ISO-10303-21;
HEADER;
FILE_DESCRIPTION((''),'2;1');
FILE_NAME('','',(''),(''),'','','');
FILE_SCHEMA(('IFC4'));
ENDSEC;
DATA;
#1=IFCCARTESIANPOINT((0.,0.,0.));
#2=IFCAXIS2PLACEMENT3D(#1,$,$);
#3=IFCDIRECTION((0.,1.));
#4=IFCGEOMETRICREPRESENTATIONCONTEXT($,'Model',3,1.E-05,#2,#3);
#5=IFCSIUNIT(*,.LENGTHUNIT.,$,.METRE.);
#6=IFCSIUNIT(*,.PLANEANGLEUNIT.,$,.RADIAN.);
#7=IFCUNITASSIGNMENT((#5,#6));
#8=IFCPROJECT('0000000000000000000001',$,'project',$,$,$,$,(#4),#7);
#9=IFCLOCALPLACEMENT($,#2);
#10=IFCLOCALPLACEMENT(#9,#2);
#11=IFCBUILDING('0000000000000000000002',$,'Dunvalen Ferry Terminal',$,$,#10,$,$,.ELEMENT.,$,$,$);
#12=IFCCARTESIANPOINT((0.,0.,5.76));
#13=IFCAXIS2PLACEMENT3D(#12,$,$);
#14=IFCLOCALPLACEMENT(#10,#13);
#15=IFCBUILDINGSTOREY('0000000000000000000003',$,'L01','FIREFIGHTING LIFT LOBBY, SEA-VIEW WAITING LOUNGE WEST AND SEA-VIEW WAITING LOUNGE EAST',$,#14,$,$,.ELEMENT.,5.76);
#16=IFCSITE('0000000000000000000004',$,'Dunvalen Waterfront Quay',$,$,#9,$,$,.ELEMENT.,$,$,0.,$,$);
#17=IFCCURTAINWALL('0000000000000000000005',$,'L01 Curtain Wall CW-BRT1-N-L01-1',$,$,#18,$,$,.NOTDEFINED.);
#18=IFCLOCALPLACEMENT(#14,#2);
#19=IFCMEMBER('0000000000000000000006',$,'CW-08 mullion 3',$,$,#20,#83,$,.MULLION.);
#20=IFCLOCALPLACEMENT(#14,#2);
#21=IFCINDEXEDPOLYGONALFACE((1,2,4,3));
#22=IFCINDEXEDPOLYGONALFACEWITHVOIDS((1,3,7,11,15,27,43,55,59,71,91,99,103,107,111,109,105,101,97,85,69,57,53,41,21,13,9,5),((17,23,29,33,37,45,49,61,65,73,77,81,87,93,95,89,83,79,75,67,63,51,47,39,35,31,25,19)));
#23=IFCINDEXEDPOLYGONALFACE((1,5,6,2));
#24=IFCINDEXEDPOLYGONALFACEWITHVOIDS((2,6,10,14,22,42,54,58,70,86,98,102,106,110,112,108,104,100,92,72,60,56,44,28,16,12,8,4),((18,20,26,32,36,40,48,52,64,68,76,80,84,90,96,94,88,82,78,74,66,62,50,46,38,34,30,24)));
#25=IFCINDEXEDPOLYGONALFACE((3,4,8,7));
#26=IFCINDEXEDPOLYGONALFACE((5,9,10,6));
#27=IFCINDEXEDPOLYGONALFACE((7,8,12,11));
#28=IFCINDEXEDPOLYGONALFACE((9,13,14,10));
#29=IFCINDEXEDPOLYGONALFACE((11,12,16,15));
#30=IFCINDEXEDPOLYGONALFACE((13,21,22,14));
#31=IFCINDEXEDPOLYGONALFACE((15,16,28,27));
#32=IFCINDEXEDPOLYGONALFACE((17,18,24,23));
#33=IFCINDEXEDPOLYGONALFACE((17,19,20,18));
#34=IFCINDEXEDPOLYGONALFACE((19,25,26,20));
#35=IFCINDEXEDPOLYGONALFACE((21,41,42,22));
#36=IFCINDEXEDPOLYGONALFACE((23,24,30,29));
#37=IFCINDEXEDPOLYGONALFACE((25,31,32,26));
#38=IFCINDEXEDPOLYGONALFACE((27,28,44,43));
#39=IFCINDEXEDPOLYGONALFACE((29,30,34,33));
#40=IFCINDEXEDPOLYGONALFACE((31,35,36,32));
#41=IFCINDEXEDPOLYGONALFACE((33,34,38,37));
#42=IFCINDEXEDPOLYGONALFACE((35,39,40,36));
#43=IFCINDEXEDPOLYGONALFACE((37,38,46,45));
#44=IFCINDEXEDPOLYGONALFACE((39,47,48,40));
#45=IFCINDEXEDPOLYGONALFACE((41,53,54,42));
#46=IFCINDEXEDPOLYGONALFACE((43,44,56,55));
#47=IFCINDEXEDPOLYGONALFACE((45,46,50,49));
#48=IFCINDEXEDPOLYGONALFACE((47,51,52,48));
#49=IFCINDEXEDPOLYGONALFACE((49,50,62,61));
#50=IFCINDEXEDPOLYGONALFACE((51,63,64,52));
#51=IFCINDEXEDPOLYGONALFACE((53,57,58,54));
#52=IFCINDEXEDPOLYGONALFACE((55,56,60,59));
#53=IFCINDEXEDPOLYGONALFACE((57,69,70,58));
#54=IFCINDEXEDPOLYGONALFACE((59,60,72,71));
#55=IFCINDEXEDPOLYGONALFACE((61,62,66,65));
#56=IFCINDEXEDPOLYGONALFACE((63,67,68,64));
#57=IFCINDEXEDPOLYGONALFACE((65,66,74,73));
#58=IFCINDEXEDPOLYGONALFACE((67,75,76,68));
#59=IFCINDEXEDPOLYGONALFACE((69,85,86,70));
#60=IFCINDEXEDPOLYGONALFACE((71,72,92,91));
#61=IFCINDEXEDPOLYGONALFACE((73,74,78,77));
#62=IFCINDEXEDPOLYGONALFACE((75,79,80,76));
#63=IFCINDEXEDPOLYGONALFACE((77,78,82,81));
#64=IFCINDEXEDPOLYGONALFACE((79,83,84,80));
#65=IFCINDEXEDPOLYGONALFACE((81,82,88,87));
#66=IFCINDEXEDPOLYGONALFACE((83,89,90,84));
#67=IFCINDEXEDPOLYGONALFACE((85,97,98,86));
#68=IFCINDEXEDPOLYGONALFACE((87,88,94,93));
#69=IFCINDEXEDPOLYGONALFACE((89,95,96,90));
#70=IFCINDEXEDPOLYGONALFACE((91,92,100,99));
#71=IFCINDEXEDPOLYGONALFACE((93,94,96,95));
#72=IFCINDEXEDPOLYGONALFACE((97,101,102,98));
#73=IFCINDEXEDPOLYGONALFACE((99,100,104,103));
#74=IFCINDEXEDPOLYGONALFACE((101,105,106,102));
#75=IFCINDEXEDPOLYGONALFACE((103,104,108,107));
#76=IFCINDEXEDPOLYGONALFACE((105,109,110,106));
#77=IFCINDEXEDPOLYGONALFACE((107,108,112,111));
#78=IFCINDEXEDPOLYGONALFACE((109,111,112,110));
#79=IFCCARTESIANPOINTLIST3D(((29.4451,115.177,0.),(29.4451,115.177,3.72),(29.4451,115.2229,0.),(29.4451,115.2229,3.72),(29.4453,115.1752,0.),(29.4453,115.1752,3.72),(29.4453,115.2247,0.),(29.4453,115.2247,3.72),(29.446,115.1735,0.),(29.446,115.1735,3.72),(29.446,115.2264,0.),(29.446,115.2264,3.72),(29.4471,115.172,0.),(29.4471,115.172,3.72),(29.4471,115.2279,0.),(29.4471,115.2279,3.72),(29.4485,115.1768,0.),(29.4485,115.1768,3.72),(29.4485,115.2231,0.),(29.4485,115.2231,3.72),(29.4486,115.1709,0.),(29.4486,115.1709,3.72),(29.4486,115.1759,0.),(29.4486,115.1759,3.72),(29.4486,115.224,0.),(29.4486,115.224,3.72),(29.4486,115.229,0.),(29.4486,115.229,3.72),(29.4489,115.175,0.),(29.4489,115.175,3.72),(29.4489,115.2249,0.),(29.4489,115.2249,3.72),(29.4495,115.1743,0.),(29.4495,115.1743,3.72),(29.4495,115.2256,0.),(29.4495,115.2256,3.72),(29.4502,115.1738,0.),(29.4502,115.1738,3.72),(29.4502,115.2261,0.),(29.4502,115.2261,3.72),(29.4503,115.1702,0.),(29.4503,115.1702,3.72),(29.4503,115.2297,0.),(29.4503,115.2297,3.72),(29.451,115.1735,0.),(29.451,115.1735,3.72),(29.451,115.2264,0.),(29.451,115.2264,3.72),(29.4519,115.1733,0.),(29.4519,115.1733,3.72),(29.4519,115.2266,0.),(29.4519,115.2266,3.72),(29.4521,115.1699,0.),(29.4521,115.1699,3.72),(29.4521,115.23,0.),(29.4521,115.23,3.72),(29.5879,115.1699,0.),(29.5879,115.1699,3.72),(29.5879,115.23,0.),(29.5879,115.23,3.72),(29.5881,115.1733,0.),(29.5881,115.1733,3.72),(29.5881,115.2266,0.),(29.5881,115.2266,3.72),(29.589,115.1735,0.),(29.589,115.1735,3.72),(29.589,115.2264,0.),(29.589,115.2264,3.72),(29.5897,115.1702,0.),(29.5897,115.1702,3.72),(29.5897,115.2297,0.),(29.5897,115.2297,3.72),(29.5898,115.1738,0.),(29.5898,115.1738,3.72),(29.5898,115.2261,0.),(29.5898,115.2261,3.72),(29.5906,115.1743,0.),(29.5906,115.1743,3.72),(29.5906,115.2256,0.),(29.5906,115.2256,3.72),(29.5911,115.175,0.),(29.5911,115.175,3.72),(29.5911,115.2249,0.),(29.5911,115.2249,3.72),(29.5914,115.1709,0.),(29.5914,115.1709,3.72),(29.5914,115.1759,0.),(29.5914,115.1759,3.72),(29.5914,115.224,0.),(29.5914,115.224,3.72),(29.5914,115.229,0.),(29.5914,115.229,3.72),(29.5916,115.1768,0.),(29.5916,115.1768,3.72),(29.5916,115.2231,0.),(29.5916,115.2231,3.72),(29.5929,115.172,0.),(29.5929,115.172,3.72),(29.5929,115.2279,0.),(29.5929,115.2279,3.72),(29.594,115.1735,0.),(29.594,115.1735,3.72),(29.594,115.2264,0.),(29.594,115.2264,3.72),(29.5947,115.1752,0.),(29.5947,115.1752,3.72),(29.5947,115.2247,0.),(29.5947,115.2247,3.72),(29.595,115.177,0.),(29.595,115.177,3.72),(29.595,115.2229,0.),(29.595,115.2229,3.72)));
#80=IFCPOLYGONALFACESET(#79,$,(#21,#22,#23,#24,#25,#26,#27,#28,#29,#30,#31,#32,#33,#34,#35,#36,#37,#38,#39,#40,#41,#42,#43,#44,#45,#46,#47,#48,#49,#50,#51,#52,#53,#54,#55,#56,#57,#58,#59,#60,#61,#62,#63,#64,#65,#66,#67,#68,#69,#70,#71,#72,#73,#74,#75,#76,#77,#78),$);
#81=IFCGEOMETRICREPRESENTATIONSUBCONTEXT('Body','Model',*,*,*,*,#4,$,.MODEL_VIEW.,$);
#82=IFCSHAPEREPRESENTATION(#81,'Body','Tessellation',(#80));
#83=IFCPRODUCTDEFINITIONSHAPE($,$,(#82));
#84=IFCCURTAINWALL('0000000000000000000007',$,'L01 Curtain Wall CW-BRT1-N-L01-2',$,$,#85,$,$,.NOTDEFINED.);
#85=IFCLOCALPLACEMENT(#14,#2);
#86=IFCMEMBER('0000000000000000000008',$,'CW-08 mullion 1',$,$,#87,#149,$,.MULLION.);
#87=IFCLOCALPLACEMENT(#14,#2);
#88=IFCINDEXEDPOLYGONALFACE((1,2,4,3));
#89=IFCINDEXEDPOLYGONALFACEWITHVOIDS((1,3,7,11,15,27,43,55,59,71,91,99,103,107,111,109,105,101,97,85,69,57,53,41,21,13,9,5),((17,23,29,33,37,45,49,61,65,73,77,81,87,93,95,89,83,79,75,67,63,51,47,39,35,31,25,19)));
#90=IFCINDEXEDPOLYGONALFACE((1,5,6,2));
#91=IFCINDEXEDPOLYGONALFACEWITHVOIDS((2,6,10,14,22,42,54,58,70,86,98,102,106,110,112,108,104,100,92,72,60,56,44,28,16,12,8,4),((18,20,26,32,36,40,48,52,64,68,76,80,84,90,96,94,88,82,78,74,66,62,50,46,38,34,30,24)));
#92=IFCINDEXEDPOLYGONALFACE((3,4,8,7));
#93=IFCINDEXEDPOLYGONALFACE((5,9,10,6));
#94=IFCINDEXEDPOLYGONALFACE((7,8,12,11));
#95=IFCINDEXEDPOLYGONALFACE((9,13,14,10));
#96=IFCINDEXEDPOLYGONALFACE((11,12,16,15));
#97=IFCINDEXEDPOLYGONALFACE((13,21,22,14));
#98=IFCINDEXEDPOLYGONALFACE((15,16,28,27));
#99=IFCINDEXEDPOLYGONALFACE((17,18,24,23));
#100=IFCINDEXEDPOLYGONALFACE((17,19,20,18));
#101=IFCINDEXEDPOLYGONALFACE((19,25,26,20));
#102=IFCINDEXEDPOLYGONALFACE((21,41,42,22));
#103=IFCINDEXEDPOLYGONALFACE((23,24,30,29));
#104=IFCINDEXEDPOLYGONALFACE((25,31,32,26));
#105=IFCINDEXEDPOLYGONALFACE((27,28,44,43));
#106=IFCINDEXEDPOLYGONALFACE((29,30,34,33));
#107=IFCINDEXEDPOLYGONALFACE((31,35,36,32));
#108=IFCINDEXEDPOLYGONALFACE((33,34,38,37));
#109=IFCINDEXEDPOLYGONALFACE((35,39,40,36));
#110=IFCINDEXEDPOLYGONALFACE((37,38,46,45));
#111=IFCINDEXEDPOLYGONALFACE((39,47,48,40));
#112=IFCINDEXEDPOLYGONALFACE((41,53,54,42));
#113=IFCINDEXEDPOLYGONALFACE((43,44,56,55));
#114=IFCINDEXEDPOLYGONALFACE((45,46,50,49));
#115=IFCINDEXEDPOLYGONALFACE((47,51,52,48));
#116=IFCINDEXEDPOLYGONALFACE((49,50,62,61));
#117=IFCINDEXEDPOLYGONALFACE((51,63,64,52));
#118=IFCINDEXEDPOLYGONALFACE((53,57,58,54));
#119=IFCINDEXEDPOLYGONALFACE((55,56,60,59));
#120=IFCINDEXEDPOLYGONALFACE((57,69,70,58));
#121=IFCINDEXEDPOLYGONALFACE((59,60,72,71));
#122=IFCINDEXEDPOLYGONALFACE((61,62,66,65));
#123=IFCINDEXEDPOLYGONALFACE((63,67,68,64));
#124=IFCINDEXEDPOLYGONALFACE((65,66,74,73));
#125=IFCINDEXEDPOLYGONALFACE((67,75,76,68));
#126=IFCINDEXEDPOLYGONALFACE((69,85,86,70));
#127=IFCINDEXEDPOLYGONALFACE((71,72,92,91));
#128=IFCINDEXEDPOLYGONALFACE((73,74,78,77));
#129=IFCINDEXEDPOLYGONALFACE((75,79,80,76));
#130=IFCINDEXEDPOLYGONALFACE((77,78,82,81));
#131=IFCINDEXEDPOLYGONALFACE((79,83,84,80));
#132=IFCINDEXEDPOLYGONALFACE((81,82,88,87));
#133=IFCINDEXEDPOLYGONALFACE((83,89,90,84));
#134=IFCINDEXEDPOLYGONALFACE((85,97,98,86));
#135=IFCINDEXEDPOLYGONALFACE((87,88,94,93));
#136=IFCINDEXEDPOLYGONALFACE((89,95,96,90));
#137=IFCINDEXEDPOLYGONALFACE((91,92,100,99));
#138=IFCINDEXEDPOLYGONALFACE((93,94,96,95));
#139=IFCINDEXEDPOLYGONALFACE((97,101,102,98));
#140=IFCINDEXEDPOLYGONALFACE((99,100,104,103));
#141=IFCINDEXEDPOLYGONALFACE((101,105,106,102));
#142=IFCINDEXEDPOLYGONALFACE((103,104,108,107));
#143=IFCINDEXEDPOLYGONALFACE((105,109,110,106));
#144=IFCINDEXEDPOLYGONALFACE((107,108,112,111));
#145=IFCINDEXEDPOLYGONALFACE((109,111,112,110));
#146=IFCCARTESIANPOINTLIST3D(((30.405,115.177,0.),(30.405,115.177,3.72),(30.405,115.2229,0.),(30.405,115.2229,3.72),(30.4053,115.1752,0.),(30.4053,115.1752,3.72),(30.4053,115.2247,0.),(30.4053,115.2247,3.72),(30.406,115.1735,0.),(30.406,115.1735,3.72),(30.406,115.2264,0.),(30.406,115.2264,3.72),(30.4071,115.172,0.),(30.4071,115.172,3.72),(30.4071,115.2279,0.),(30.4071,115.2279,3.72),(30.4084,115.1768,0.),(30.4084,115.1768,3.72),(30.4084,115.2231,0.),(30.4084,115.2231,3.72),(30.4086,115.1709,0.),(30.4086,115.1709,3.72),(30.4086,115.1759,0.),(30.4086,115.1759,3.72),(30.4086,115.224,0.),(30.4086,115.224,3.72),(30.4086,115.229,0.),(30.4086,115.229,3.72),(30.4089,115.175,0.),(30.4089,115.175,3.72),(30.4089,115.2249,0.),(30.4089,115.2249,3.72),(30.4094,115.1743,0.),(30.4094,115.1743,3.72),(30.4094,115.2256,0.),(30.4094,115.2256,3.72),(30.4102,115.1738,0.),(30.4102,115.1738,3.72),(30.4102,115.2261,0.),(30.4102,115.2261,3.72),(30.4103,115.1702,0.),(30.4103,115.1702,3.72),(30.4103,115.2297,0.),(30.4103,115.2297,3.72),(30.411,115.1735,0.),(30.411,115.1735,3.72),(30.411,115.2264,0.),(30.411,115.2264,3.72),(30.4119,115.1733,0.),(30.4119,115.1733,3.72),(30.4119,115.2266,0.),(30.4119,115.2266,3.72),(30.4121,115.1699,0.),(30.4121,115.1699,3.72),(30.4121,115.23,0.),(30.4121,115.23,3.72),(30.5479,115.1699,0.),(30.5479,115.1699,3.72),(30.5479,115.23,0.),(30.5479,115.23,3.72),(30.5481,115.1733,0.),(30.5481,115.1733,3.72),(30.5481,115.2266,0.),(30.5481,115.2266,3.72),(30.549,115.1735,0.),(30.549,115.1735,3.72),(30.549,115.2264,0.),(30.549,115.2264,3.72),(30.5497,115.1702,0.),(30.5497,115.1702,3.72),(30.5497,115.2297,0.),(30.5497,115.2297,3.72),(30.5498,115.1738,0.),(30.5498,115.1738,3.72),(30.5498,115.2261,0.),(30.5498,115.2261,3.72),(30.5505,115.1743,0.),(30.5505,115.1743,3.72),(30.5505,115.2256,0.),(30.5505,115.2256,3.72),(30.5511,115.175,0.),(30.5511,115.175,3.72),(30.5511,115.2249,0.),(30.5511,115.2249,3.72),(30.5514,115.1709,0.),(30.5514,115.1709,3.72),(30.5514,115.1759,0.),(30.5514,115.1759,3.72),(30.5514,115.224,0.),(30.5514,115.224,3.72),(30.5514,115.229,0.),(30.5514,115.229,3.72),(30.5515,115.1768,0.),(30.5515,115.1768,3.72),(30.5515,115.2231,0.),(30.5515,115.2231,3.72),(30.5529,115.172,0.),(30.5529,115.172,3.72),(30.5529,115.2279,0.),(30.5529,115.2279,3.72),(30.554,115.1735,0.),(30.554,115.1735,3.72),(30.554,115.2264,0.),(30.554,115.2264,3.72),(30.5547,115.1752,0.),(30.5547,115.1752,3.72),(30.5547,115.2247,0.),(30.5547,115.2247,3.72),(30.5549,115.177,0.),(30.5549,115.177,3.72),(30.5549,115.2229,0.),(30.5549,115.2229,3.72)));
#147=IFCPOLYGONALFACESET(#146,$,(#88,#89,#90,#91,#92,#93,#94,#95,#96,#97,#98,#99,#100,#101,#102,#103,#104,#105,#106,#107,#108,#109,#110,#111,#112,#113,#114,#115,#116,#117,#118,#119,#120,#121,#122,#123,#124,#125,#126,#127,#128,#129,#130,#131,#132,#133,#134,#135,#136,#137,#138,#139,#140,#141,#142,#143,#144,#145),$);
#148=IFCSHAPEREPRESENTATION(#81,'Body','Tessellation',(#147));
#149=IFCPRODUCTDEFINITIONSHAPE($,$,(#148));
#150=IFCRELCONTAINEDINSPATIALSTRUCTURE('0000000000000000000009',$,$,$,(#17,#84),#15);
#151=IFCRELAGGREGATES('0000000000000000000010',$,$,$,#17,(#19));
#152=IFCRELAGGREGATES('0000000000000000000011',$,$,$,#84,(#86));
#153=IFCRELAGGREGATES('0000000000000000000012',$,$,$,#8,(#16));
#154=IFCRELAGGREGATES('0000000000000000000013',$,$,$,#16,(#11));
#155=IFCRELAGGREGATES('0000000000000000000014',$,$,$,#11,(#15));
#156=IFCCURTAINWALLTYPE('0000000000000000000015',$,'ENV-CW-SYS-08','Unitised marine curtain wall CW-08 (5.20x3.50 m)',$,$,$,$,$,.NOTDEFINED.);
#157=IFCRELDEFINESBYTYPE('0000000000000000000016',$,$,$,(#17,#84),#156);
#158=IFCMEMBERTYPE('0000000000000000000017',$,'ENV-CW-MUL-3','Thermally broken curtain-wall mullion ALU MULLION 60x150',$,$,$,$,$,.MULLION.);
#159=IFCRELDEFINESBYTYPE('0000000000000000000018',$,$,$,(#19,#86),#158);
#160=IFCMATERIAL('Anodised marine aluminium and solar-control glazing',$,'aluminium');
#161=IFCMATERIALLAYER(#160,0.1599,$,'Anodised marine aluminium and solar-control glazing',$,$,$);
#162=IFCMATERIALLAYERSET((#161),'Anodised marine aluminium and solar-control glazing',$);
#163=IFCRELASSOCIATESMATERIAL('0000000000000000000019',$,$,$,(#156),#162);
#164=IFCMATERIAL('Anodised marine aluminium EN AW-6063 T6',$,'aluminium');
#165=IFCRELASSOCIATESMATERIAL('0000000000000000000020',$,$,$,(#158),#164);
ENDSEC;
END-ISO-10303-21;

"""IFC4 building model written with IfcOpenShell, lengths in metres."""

from ifc_helpers import new_model, si_unit, direction, frame, origin, origin_2d, place, context, subcontext, project, spatial, hollow_rectangle, extrude, material, layer, layer_set, material_profile, profile_set, type_object, element, aggregate, save


model = new_model("IFC4")

# Units and contexts
model_context = context("Model", 3, precision=1e-05, world=origin(), true_north=direction((0.0, 1.0)))
body_context = subcontext(model_context, "Body", "Model", "MODEL_VIEW")
ifc_project = project(units=[si_unit("LENGTHUNIT", "METRE"), si_unit("PLANEANGLEUNIT", "RADIAN")], contexts=[model_context])

# Site, building, storey
site_placement = place(None, origin())
site = spatial("IfcSite", under=ifc_project, at=site_placement, Name="Dunvalen Waterfront Quay", CompositionType="ELEMENT", RefElevation=0.0)
building_placement = place(site_placement, origin())
building = spatial("IfcBuilding", under=site, at=building_placement, Name="Dunvalen Ferry Terminal", CompositionType="ELEMENT")
storey_placement = place(building_placement, frame((0.0, 0.0, 5.76)))
storey = spatial("IfcBuildingStorey", under=building, at=storey_placement, Name="L01", Description="FIREFIGHTING LIFT LOBBY, SEA-VIEW WAITING LOUNGE WEST AND SEA-VIEW WAITING LOUNGE EAST", CompositionType="ELEMENT", Elevation=5.76)

# Curtain walls, members
ifc_material_1 = material(Name="Anodised marine aluminium and solar-control glazing", Category="aluminium")
ifc_layer_1 = layer(ifc_material_1, 0.1599, Name="Anodised marine aluminium and solar-control glazing")
ifc_layer_set_1 = layer_set([ifc_layer_1], Name="Anodised marine aluminium and solar-control glazing")
curtain_wall_type = type_object("IfcCurtainWallType", Name="ENV-CW-SYS-08", Description="Unitised marine curtain wall CW-08 (5.20x3.50 m)", PredefinedType="NOTDEFINED", material=ifc_layer_set_1)
curtain_wall_1_placement = place(storey_placement, origin())
curtain_wall_1 = element("IfcCurtainWall", 1, at=curtain_wall_1_placement, inside=storey, type_object=curtain_wall_type, Name="L01 Curtain Wall CW-BRT1-N-L01-1", PredefinedType="NOTDEFINED")
ifc_material_2 = material(Name="Anodised marine aluminium EN AW-6063 T6", Category="aluminium")
ifc_material_profile_1 = material_profile(ifc_material_2, hollow_rectangle(XDim=0.0601, YDim=0.1499, WallThickness=0.0034, InnerFilletRadius=0.0034, OuterFilletRadius=0.0071, at=origin_2d()), Name="Anodised marine aluminium EN AW-6063 T6")
ifc_profile_set_1 = profile_set([ifc_material_profile_1], Name="Anodised marine aluminium EN AW-6063 T6")
member_type_1 = type_object("IfcMemberType", Name="ENV-CW-MUL-3", Description="Thermally broken curtain-wall mullion ALU MULLION 60x150", PredefinedType="MULLION", material=ifc_profile_set_1)
member_1_placement = place(storey_placement, frame((29.52, 115.2, 0.0), z_axis=(0.0, 0.0, 1.0), x_axis=(0.0, 1.0, 0.0)))
member_1 = element("IfcMember", 2, at=member_1_placement, type_object=member_type_1, Name="CW-08 mullion 3", PredefinedType="MULLION", context=body_context, shape_type="SweptSolid", body=[
    extrude(hollow_rectangle(XDim=0.0601, YDim=0.1499, WallThickness=0.0034, InnerFilletRadius=0.0034, OuterFilletRadius=0.0071, at=origin_2d()), origin(), (0.0, 0.0, 1.0), 3.72),
])
curtain_wall_2_placement = place(storey_placement, origin())
curtain_wall_2 = element("IfcCurtainWall", 3, at=curtain_wall_2_placement, inside=storey, type_object=curtain_wall_type, Name="L01 Curtain Wall CW-BRT1-N-L01-2", PredefinedType="NOTDEFINED")
member_2_placement = place(storey_placement, frame((30.48, 115.2, 0.0), z_axis=(0.0, 0.0, 1.0), x_axis=(0.0, 1.0, 0.0)))
member_2 = element("IfcMember", 4, at=member_2_placement, type_object=member_type_1, Name="CW-08 mullion 1", PredefinedType="MULLION", context=body_context, shape_type="SweptSolid", body=[
    extrude(hollow_rectangle(XDim=0.0601, YDim=0.1499, WallThickness=0.0034, InnerFilletRadius=0.0034, OuterFilletRadius=0.0071, at=origin_2d()), origin(), (0.0, 0.0, 1.0), 3.72),
])

aggregate(curtain_wall_1, [member_1])
aggregate(curtain_wall_2, [member_2])

save(model, "model.ifc")
